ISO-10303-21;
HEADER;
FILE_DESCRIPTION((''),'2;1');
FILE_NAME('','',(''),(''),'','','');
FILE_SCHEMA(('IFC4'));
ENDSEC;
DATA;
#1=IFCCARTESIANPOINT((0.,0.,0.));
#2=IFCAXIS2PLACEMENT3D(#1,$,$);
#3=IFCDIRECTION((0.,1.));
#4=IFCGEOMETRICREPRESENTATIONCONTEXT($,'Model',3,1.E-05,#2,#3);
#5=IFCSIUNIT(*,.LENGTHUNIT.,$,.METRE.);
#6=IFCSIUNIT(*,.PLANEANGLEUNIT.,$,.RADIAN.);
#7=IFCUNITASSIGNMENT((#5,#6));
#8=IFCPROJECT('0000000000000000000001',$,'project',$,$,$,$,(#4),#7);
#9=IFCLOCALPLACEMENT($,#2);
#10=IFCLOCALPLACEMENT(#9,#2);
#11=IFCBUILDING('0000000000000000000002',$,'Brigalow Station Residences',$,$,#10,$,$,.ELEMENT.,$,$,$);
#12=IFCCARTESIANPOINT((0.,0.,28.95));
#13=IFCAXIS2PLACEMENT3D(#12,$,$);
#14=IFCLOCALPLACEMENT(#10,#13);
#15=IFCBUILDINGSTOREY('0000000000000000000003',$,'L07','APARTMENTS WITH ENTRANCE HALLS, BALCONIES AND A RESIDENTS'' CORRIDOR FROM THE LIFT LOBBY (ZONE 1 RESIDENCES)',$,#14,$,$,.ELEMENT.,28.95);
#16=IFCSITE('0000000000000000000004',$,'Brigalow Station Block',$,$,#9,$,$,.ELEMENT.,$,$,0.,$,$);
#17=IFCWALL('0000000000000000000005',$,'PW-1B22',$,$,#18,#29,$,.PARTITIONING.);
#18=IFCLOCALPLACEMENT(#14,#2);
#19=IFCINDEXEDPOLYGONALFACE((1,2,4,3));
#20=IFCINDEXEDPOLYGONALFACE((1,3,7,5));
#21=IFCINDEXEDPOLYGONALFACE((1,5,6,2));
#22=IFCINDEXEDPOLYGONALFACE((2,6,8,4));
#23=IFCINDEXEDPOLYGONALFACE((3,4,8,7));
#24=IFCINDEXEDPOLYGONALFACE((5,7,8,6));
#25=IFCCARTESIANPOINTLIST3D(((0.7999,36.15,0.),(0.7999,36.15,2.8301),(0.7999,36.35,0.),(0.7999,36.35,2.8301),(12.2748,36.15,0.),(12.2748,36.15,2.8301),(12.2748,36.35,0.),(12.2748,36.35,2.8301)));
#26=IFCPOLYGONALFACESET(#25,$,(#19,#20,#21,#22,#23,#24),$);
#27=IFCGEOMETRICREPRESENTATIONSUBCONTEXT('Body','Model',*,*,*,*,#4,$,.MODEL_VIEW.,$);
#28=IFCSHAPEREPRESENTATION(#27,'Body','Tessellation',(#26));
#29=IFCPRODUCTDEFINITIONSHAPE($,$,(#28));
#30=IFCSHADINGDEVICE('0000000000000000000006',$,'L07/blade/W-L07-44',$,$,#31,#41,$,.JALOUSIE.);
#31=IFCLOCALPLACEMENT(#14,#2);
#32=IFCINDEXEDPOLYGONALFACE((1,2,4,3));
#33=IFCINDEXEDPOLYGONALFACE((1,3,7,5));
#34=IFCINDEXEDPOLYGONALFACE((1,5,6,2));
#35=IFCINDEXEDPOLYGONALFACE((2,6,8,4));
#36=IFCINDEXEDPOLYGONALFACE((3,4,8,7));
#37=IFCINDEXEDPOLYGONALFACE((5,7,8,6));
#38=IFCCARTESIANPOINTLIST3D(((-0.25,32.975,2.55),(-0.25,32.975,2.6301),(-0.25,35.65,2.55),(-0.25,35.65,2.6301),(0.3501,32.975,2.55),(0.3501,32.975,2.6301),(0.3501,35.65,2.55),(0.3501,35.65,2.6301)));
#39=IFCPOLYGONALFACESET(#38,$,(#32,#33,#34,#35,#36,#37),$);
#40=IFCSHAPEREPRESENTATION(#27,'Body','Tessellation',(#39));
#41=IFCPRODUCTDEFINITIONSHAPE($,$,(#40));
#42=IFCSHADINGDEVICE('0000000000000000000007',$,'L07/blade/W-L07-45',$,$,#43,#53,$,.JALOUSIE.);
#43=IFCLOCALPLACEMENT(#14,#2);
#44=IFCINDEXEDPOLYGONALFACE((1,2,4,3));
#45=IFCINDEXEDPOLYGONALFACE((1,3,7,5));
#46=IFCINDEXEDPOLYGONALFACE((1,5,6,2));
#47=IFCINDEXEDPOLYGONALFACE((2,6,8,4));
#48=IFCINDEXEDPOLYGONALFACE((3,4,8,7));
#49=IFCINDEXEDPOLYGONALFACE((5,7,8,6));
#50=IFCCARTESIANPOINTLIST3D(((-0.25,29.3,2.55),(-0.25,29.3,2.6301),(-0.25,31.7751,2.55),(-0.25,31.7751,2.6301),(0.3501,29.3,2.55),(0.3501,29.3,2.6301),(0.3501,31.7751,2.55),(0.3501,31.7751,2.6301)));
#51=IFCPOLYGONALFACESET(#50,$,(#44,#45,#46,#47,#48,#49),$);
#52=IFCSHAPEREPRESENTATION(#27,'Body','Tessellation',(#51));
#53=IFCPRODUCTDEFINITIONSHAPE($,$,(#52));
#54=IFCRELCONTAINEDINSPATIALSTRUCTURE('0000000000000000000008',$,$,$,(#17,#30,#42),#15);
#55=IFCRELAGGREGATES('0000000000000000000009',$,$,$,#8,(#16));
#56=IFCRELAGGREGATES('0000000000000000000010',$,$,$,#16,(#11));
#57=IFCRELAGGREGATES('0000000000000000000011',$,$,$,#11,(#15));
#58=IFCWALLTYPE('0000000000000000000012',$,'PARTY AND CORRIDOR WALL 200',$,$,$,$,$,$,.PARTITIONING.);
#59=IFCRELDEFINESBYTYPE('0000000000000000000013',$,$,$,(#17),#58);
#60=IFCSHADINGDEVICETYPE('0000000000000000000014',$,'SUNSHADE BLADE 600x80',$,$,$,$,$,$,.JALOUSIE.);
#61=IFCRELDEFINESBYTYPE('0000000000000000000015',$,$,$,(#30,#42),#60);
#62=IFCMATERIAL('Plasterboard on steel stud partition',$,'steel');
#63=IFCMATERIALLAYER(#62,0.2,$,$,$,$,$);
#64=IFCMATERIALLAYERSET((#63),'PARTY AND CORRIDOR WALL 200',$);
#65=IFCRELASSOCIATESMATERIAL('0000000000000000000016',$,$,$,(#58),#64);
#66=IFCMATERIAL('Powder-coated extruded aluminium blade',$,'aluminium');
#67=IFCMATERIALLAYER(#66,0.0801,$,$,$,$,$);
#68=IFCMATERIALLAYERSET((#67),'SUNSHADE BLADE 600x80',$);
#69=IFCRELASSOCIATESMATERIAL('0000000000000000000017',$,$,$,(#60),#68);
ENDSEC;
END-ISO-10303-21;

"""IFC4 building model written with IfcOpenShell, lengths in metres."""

from ifc_helpers import new_model, si_unit, direction, frame, frame_2d, origin, origin_2d, place, context, subcontext, project, spatial, rectangle, extrude, material, layer, layer_set, type_object, element, save


model = new_model("IFC4")

# Units and contexts
model_context = context("Model", 3, precision=1e-05, world=origin(), true_north=direction((0.0, 1.0)))
body_context = subcontext(model_context, "Body", "Model", "MODEL_VIEW")
ifc_project = project(units=[si_unit("LENGTHUNIT", "METRE"), si_unit("PLANEANGLEUNIT", "RADIAN")], contexts=[model_context])

# Site, building, storey
site_placement = place(None, origin())
site = spatial("IfcSite", under=ifc_project, at=site_placement, Name="Brigalow Station Block", CompositionType="ELEMENT", RefElevation=0.0)
building_placement = place(site_placement, origin())
building = spatial("IfcBuilding", under=site, at=building_placement, Name="Brigalow Station Residences", CompositionType="ELEMENT")
storey_placement = place(building_placement, frame((0.0, 0.0, 28.95)))
storey = spatial("IfcBuildingStorey", under=building, at=storey_placement, Name="L07", Description="APARTMENTS WITH ENTRANCE HALLS, BALCONIES AND A RESIDENTS' CORRIDOR FROM THE LIFT LOBBY (ZONE 1 RESIDENCES)", CompositionType="ELEMENT", Elevation=28.95)

# Wall
ifc_material_1 = material(Name="Plasterboard on steel stud partition", Category="steel")
ifc_layer_1 = layer(ifc_material_1, 0.2)
ifc_layer_set_1 = layer_set([ifc_layer_1], Name="PARTY AND CORRIDOR WALL 200")
wall_type_1 = type_object("IfcWallType", Name="PARTY AND CORRIDOR WALL 200", PredefinedType="PARTITIONING", material=ifc_layer_set_1)
wall_1_placement = place(storey_placement, frame((0.8, 36.25, 0.0), z_axis=(0.0, 0.0, 1.0), x_axis=(1.0, 0.0, 0.0)))
element("IfcWall", 1, at=wall_1_placement, inside=storey, type_object=wall_type_1, Name="PW-1B22", PredefinedType="PARTITIONING", context=body_context, shape_type="SweptSolid", body=[
    extrude(rectangle(XDim=11.4749, YDim=0.2, at=frame_2d((5.7373, 0.0))), origin(), (0.0, 0.0, 1.0), 2.8301),
])

# Shading devices
ifc_material_2 = material(Name="Powder-coated extruded aluminium blade", Category="aluminium")
ifc_layer_2 = layer(ifc_material_2, 0.0801)
ifc_layer_set_2 = layer_set([ifc_layer_2], Name="SUNSHADE BLADE 600x80")
shading_device_type = type_object("IfcShadingDeviceType", Name="SUNSHADE BLADE 600x80", PredefinedType="JALOUSIE", material=ifc_layer_set_2)
shading_device_1_placement = place(storey_placement, frame((0.05, 34.3125, 2.55), z_axis=(0.0, 0.0, 1.0), x_axis=(0.0, -1.0, 0.0)))
element("IfcShadingDevice", 2, at=shading_device_1_placement, inside=storey, type_object=shading_device_type, Name="L07/blade/W-L07-44", PredefinedType="JALOUSIE", context=body_context, shape_type="SweptSolid", body=[
    extrude(rectangle(XDim=2.675, YDim=0.6001, at=origin_2d()), origin(), (0.0, 0.0, 1.0), 0.0801),
])
shading_device_2_placement = place(storey_placement, frame((0.05, 30.5376, 2.55), z_axis=(0.0, 0.0, 1.0), x_axis=(0.0, -1.0, 0.0)))
element("IfcShadingDevice", 3, at=shading_device_2_placement, inside=storey, type_object=shading_device_type, Name="L07/blade/W-L07-45", PredefinedType="JALOUSIE", context=body_context, shape_type="SweptSolid", body=[
    extrude(rectangle(XDim=2.4751, YDim=0.6001, at=origin_2d()), origin(), (0.0, 0.0, 1.0), 0.0801),
])

save(model, "model.ifc")
